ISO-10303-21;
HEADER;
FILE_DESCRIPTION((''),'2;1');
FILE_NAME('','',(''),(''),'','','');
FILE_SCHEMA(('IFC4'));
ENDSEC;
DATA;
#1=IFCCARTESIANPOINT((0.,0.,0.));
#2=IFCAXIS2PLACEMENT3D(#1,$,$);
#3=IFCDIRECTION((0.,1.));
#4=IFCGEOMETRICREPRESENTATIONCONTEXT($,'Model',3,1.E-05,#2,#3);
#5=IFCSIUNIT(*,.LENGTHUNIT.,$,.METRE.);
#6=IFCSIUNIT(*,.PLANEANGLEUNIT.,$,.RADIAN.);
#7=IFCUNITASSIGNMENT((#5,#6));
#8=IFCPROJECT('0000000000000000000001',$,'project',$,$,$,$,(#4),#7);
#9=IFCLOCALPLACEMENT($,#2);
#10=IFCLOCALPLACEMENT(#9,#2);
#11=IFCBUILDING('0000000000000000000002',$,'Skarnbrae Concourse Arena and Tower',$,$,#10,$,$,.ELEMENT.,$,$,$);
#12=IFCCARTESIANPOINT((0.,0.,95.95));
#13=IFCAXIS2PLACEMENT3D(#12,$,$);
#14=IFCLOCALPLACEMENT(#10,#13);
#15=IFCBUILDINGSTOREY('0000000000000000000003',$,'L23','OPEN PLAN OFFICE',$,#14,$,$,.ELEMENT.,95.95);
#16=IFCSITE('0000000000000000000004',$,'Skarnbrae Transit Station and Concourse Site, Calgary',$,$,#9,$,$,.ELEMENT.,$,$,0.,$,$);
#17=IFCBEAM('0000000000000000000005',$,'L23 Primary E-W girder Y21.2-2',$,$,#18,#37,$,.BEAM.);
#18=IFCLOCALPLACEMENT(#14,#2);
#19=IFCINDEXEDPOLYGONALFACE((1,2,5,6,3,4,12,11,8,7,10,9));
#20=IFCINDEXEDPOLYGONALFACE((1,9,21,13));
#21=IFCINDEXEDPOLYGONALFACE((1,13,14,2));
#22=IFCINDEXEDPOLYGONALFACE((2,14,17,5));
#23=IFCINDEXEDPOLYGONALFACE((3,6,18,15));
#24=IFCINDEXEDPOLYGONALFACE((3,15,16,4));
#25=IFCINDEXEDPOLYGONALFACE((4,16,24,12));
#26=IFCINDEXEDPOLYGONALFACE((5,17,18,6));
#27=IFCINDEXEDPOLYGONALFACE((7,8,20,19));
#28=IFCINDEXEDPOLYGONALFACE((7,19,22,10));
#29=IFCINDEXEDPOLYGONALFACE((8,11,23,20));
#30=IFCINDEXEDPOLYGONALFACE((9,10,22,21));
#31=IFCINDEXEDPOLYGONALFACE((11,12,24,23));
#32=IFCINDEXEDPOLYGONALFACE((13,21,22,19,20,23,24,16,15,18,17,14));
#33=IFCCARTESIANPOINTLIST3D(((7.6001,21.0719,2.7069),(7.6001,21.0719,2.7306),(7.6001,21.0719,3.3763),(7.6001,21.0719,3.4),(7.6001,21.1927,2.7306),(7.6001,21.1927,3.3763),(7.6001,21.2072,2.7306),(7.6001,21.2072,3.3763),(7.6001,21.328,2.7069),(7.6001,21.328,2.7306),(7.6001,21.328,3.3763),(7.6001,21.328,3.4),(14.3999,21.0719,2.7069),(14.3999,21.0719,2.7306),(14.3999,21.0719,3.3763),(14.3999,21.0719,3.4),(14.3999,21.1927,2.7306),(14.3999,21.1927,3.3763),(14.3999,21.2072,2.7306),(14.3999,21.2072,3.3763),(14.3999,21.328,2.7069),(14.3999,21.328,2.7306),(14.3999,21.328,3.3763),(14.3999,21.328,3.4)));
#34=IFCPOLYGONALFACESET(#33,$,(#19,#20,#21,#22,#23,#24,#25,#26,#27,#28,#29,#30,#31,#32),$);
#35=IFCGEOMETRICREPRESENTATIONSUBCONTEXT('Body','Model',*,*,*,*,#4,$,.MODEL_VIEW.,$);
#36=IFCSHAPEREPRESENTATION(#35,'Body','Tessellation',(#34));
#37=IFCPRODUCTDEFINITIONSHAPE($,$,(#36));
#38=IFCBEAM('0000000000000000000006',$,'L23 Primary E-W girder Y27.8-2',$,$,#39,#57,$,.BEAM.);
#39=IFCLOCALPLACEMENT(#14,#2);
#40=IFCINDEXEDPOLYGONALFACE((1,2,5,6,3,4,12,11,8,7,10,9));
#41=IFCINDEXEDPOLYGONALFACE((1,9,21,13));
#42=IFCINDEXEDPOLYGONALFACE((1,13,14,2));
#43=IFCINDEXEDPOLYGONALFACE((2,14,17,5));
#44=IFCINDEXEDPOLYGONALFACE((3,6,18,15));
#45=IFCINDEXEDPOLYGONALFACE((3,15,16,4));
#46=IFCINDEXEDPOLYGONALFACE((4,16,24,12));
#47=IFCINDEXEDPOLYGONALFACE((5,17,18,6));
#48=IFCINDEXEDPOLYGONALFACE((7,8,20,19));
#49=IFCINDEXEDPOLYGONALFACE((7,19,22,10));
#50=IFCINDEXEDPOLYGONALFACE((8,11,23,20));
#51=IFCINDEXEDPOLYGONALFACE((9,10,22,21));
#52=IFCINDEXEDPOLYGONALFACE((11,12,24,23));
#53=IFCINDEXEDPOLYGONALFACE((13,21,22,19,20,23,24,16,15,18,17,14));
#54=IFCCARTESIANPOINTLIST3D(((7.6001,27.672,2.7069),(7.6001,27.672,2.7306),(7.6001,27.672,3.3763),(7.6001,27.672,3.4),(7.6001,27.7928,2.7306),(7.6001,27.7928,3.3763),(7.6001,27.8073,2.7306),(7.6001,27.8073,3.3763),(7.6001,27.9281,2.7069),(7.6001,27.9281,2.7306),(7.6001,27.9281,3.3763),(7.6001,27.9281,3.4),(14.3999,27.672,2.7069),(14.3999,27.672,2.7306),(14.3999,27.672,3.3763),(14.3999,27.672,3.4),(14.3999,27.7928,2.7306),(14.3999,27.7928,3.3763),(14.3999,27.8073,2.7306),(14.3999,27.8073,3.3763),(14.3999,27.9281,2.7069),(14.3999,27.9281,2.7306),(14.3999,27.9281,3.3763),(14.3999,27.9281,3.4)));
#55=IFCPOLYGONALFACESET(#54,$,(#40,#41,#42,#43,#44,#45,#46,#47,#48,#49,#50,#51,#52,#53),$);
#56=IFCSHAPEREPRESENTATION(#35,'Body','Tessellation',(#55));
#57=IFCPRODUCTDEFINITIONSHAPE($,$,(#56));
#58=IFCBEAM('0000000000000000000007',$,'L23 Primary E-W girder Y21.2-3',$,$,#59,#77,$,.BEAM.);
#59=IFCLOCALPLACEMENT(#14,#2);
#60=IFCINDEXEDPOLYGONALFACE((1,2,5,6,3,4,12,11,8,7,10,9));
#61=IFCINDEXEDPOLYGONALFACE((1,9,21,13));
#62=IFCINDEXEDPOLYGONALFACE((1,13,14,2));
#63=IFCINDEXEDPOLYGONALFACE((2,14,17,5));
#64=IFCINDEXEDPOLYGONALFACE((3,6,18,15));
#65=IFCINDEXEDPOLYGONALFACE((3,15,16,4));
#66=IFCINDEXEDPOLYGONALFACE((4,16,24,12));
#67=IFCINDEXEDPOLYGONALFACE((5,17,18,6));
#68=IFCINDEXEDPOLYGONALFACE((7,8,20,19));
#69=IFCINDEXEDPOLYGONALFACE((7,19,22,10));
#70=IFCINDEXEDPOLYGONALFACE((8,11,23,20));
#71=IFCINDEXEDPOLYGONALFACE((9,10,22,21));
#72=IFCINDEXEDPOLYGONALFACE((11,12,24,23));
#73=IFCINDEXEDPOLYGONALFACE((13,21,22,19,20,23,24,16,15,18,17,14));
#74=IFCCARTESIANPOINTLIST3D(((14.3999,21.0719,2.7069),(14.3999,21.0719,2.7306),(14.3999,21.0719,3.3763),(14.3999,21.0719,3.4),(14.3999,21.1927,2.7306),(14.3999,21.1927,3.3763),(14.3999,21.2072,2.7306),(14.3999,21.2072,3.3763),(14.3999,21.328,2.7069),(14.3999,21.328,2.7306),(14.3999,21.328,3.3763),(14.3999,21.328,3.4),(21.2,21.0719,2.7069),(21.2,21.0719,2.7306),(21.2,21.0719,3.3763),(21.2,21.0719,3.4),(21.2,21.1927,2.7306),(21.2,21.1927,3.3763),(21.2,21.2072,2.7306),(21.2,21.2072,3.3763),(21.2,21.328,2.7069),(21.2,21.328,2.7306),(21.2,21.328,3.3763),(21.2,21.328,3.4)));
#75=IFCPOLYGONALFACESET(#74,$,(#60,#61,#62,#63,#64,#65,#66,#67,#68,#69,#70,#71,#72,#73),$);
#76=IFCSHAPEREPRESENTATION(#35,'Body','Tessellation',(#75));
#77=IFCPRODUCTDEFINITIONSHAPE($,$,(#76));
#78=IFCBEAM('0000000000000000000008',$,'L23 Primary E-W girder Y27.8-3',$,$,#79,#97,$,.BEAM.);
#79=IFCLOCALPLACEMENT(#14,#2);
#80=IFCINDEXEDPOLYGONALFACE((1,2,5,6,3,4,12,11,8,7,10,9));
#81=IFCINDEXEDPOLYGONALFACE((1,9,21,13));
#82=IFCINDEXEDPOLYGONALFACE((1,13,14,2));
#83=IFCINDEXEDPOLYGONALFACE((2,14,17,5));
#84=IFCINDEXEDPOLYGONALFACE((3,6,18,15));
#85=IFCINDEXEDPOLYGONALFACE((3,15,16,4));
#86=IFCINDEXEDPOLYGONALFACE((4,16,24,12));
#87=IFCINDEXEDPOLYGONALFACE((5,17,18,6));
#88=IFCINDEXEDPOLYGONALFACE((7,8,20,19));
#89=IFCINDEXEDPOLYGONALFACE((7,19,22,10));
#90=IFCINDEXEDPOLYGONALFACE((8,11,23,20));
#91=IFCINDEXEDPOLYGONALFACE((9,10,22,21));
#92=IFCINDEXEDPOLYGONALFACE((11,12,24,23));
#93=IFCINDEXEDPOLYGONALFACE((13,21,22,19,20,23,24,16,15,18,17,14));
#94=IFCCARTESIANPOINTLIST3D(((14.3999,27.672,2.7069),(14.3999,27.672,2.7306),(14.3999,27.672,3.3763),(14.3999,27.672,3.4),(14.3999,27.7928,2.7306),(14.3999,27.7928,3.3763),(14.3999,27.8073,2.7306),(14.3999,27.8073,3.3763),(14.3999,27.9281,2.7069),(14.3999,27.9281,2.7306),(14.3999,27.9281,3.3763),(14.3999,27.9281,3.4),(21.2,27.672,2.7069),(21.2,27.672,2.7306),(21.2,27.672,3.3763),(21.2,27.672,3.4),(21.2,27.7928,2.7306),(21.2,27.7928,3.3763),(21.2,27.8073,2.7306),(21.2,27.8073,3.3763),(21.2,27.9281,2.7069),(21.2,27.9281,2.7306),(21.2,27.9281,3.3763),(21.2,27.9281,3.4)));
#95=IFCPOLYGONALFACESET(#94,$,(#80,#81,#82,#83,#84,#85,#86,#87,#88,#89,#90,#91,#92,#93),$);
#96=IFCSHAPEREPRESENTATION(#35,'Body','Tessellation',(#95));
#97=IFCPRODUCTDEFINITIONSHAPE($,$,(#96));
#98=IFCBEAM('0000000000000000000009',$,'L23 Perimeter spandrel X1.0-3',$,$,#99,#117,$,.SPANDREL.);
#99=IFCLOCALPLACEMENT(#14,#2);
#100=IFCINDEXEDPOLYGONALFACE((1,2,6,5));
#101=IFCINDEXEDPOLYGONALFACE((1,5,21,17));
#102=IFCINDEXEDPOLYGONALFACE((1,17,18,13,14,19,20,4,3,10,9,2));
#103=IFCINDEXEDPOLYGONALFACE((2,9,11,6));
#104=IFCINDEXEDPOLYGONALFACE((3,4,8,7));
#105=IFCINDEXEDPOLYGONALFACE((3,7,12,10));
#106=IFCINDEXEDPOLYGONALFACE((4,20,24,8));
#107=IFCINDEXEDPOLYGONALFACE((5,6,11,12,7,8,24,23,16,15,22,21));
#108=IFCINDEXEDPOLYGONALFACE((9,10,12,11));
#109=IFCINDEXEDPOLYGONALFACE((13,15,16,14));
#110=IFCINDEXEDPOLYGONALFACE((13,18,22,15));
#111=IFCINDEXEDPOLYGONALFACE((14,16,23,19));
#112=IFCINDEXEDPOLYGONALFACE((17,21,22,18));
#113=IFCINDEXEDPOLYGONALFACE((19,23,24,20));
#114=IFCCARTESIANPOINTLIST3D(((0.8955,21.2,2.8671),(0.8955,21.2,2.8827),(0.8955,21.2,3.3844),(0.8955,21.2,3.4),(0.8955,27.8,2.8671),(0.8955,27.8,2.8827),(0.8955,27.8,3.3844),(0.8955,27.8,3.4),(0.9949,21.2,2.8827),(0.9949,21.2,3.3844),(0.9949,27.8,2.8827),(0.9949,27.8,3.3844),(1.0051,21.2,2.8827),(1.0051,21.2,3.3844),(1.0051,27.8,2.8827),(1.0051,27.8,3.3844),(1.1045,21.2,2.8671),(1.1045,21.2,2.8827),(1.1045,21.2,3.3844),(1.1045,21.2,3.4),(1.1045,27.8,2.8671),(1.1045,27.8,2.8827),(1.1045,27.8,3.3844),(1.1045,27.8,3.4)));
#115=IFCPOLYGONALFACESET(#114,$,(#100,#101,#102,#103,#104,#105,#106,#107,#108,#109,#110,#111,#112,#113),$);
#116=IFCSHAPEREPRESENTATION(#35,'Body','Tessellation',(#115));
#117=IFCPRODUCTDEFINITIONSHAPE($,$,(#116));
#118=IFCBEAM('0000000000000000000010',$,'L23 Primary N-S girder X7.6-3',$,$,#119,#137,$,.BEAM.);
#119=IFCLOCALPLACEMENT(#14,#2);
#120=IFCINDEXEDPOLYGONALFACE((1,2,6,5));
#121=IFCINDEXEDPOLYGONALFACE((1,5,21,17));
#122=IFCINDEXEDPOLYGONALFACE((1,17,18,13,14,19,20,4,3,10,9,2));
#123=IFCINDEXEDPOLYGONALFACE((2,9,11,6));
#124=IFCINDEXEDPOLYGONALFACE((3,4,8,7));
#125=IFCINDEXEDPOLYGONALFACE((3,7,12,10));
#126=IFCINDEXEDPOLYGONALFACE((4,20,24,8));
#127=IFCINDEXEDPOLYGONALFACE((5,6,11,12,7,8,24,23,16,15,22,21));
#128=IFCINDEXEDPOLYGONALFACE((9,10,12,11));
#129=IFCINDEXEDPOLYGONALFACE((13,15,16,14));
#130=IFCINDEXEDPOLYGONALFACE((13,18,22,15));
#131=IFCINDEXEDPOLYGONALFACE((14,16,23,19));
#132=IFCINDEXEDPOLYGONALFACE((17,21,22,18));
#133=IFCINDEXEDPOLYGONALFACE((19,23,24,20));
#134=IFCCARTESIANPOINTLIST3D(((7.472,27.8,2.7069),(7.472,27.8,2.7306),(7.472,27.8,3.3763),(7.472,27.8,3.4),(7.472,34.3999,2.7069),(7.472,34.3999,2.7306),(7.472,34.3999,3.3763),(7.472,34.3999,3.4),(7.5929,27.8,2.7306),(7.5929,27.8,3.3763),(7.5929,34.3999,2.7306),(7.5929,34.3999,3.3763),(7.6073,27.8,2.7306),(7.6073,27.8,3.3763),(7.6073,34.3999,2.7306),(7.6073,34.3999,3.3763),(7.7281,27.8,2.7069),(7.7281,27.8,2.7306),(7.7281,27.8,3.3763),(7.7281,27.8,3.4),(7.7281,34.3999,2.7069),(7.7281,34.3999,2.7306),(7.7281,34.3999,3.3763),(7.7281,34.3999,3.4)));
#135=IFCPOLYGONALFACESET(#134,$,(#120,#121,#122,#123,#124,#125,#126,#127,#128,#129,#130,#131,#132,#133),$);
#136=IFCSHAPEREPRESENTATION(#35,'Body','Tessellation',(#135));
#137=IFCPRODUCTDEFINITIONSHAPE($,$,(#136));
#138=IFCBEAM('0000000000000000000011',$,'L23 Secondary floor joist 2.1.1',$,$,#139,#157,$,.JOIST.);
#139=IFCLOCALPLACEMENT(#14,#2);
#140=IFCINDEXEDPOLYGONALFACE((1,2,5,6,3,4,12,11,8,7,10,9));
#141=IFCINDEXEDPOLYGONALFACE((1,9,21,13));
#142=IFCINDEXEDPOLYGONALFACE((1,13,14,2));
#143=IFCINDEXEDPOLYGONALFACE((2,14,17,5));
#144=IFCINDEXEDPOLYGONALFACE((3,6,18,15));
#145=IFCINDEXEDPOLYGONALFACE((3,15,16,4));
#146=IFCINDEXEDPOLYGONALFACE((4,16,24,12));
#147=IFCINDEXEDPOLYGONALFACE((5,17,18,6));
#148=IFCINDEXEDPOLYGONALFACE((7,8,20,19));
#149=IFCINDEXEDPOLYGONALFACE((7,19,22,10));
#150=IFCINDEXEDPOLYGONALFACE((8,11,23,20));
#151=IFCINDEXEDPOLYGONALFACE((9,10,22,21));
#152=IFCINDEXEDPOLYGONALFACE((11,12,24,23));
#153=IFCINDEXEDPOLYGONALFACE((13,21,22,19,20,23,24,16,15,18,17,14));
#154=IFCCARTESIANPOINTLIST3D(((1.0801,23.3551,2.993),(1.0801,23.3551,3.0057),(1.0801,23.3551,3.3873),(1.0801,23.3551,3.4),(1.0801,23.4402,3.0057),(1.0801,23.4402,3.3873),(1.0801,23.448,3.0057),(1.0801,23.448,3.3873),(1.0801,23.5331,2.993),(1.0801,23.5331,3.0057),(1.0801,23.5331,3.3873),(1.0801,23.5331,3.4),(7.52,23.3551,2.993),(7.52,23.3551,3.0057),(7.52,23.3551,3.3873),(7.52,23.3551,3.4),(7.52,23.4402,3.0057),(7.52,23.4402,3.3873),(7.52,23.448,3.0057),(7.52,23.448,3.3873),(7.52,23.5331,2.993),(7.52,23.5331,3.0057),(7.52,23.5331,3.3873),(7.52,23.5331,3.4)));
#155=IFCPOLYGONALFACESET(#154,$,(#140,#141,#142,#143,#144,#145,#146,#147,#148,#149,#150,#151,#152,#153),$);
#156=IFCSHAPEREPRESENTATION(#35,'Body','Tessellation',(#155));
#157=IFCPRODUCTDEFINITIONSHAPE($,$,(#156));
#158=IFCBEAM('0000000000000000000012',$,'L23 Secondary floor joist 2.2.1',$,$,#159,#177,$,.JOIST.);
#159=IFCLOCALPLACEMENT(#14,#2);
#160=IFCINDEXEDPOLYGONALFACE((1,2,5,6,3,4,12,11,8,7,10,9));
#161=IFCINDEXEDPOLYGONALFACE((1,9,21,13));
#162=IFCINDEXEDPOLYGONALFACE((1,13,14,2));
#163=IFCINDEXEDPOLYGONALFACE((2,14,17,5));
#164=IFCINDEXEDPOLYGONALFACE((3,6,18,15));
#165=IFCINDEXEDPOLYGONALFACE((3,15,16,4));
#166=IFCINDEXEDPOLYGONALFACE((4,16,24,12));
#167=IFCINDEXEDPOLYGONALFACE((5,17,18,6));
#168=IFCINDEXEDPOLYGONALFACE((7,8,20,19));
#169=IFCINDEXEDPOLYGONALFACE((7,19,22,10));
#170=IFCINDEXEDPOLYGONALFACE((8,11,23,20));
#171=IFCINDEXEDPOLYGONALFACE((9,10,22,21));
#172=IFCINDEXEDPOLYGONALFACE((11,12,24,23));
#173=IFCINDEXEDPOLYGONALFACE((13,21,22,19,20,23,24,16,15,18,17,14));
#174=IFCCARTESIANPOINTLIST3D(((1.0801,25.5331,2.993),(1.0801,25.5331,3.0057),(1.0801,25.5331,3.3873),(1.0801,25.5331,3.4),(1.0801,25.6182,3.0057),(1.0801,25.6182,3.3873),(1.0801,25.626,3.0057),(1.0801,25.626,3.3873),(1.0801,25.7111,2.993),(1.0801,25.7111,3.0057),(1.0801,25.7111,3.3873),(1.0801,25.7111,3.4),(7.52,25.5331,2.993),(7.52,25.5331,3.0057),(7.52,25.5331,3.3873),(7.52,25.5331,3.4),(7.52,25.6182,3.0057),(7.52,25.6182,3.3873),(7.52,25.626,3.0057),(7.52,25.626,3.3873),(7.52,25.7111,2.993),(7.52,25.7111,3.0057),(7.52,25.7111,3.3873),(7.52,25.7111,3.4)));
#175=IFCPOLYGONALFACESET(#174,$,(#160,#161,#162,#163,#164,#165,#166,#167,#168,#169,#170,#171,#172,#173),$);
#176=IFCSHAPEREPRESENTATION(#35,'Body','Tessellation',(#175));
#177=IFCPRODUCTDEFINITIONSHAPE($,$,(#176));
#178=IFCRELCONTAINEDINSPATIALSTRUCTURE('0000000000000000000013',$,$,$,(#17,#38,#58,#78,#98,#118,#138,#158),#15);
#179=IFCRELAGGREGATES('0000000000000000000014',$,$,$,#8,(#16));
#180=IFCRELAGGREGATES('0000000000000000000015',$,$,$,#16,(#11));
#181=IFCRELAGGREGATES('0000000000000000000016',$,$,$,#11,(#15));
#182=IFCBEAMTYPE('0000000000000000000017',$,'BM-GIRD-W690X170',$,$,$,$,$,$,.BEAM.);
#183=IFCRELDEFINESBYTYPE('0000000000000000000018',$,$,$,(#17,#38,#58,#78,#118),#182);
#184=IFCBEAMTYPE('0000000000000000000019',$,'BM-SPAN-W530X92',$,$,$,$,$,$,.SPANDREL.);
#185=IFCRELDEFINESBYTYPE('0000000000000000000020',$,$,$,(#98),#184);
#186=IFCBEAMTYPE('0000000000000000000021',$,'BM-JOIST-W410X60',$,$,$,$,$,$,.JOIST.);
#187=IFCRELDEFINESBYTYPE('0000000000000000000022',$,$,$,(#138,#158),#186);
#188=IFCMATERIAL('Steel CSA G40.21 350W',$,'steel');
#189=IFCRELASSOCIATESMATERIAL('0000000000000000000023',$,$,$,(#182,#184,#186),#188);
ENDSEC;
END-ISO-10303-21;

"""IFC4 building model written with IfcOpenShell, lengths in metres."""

from ifc_helpers import new_model, si_unit, direction, frame, origin, origin_2d, place, context, subcontext, project, spatial, i_section, extrude, source, transform, mapped, material, material_profile, profile_set, type_object, element, save


model = new_model("IFC4")

# Units and contexts
model_context = context("Model", 3, precision=1e-05, world=origin(), true_north=direction((0.0, 1.0)))
body_context = subcontext(model_context, "Body", "Model", "MODEL_VIEW")
ifc_project = project(units=[si_unit("LENGTHUNIT", "METRE"), si_unit("PLANEANGLEUNIT", "RADIAN")], contexts=[model_context])

# Site, building, storey
site_placement = place(None, origin())
site = spatial("IfcSite", under=ifc_project, at=site_placement, Name="Skarnbrae Transit Station and Concourse Site, Calgary", CompositionType="ELEMENT", RefElevation=0.0)
building_placement = place(site_placement, origin())
building = spatial("IfcBuilding", under=site, at=building_placement, Name="Skarnbrae Concourse Arena and Tower", CompositionType="ELEMENT")
storey_placement = place(building_placement, frame((0.0, 0.0, 95.95)))
storey = spatial("IfcBuildingStorey", under=building, at=storey_placement, Name="L23", Description="OPEN PLAN OFFICE", CompositionType="ELEMENT", Elevation=95.95)

# Shared definitions
ifc_material_1 = material(Name="Steel CSA G40.21 350W", Category="steel")

# Beams
ifc_material_profile_1 = material_profile(ifc_material_1, i_section(OverallWidth=0.2561, OverallDepth=0.6931, WebThickness=0.0144, FlangeThickness=0.0237, at=origin_2d()), Name="W690X170")
ifc_profile_set_1 = profile_set([ifc_material_profile_1], Name="Steel CSA G40.21 350W")
beam_type_1 = type_object("IfcBeamType", Name="BM-GIRD-W690X170", PredefinedType="BEAM", material=ifc_profile_set_1)
shared_shape_1 = source(origin(), body_context, "Body", "SweptSolid", [
    extrude(i_section(OverallWidth=0.2561, OverallDepth=0.6931, WebThickness=0.0144, FlangeThickness=0.0237, at=origin_2d()), origin(), (0.0, 0.0, 1.0), 6.7998),
])
for number, where, z_axis, x_axis, name in (
    (1, (7.6001, 21.2, 3.0535), (1.0, 0.0, 0.0), (0.0, 1.0, 0.0), "L23 Primary E-W girder Y21.2-2"),
    (2, (7.6001, 27.8, 3.0535), (1.0, 0.0, 0.0), (0.0, 1.0, 0.0), "L23 Primary E-W girder Y27.8-2"),
):
    element("IfcBeam", number, at=place(storey_placement, frame(where, z_axis=z_axis, x_axis=x_axis)), inside=storey, type_object=beam_type_1, Name=name, PredefinedType="BEAM", context=body_context, shape_type="MappedRepresentation", body=[
        mapped(shared_shape_1, transform((0.0, 0.0, 0.0))),
    ])
shared_shape_2 = source(origin(), body_context, "Body", "SweptSolid", [
    extrude(i_section(OverallWidth=0.2561, OverallDepth=0.6931, WebThickness=0.0144, FlangeThickness=0.0237, at=origin_2d()), origin(), (0.0, 0.0, 1.0), 6.8),
])
for number, where, z_axis, x_axis, name in (
    (3, (14.3999, 21.2, 3.0535), (1.0, 0.0, 0.0), (0.0, 1.0, 0.0), "L23 Primary E-W girder Y21.2-3"),
    (4, (14.3999, 27.8, 3.0535), (1.0, 0.0, 0.0), (0.0, 1.0, 0.0), "L23 Primary E-W girder Y27.8-3"),
):
    element("IfcBeam", number, at=place(storey_placement, frame(where, z_axis=z_axis, x_axis=x_axis)), inside=storey, type_object=beam_type_1, Name=name, PredefinedType="BEAM", context=body_context, shape_type="MappedRepresentation", body=[
        mapped(shared_shape_2, transform((0.0, 0.0, 0.0))),
    ])
ifc_material_profile_2 = material_profile(ifc_material_1, i_section(OverallWidth=0.209, OverallDepth=0.533, WebThickness=0.0103, FlangeThickness=0.0156, at=origin_2d()), Name="W530X92")
ifc_profile_set_2 = profile_set([ifc_material_profile_2], Name="Steel CSA G40.21 350W")
beam_type_2 = type_object("IfcBeamType", Name="BM-SPAN-W530X92", PredefinedType="SPANDREL", material=ifc_profile_set_2)
shared_shape_3 = source(origin(), body_context, "Body", "SweptSolid", [
    extrude(i_section(OverallWidth=0.209, OverallDepth=0.533, WebThickness=0.0103, FlangeThickness=0.0156, at=origin_2d()), origin(), (0.0, 0.0, 1.0), 6.6001),
])
beam_1_placement = place(storey_placement, frame((1.0, 21.2, 3.1335), z_axis=(0.0, 1.0, 0.0), x_axis=(-1.0, 0.0, 0.0)))
element("IfcBeam", 5, at=beam_1_placement, inside=storey, type_object=beam_type_2, Name="L23 Perimeter spandrel X1.0-3", PredefinedType="SPANDREL", context=body_context, shape_type="MappedRepresentation", body=[
    mapped(shared_shape_3, transform((0.0, 0.0, 0.0))),
])
shared_shape_4 = source(origin(), body_context, "Body", "SweptSolid", [
    extrude(i_section(OverallWidth=0.2561, OverallDepth=0.6931, WebThickness=0.0144, FlangeThickness=0.0237, at=origin_2d()), origin(), (0.0, 0.0, 1.0), 6.5999),
])
beam_2_placement = place(storey_placement, frame((7.6001, 27.8, 3.0535), z_axis=(0.0, 1.0, 0.0), x_axis=(-1.0, 0.0, 0.0)))
element("IfcBeam", 6, at=beam_2_placement, inside=storey, type_object=beam_type_1, Name="L23 Primary N-S girder X7.6-3", PredefinedType="BEAM", context=body_context, shape_type="MappedRepresentation", body=[
    mapped(shared_shape_4, transform((0.0, 0.0, 0.0))),
])
ifc_material_profile_3 = material_profile(ifc_material_1, i_section(OverallWidth=0.178, OverallDepth=0.407, WebThickness=0.0078, FlangeThickness=0.0127, at=origin_2d()), Name="W410X60")
ifc_profile_set_3 = profile_set([ifc_material_profile_3], Name="Steel CSA G40.21 350W")
beam_type_3 = type_object("IfcBeamType", Name="BM-JOIST-W410X60", PredefinedType="JOIST", material=ifc_profile_set_3)
shared_shape_5 = source(origin(), body_context, "Body", "SweptSolid", [
    extrude(i_section(OverallWidth=0.178, OverallDepth=0.407, WebThickness=0.0078, FlangeThickness=0.0127, at=origin_2d()), origin(), (0.0, 0.0, 1.0), 6.4399),
])
for number, where, z_axis, x_axis, name in (
    (7, (1.0801, 23.4441, 3.1965), (1.0, 0.0, 0.0), (0.0, 1.0, 0.0), "L23 Secondary floor joist 2.1.1"),
    (8, (1.0801, 25.6221, 3.1965), (1.0, 0.0, 0.0), (0.0, 1.0, 0.0), "L23 Secondary floor joist 2.2.1"),
):
    element("IfcBeam", number, at=place(storey_placement, frame(where, z_axis=z_axis, x_axis=x_axis)), inside=storey, type_object=beam_type_3, Name=name, PredefinedType="JOIST", context=body_context, shape_type="MappedRepresentation", body=[
        mapped(shared_shape_5, transform((0.0, 0.0, 0.0))),
    ])

save(model, "model.ifc")
